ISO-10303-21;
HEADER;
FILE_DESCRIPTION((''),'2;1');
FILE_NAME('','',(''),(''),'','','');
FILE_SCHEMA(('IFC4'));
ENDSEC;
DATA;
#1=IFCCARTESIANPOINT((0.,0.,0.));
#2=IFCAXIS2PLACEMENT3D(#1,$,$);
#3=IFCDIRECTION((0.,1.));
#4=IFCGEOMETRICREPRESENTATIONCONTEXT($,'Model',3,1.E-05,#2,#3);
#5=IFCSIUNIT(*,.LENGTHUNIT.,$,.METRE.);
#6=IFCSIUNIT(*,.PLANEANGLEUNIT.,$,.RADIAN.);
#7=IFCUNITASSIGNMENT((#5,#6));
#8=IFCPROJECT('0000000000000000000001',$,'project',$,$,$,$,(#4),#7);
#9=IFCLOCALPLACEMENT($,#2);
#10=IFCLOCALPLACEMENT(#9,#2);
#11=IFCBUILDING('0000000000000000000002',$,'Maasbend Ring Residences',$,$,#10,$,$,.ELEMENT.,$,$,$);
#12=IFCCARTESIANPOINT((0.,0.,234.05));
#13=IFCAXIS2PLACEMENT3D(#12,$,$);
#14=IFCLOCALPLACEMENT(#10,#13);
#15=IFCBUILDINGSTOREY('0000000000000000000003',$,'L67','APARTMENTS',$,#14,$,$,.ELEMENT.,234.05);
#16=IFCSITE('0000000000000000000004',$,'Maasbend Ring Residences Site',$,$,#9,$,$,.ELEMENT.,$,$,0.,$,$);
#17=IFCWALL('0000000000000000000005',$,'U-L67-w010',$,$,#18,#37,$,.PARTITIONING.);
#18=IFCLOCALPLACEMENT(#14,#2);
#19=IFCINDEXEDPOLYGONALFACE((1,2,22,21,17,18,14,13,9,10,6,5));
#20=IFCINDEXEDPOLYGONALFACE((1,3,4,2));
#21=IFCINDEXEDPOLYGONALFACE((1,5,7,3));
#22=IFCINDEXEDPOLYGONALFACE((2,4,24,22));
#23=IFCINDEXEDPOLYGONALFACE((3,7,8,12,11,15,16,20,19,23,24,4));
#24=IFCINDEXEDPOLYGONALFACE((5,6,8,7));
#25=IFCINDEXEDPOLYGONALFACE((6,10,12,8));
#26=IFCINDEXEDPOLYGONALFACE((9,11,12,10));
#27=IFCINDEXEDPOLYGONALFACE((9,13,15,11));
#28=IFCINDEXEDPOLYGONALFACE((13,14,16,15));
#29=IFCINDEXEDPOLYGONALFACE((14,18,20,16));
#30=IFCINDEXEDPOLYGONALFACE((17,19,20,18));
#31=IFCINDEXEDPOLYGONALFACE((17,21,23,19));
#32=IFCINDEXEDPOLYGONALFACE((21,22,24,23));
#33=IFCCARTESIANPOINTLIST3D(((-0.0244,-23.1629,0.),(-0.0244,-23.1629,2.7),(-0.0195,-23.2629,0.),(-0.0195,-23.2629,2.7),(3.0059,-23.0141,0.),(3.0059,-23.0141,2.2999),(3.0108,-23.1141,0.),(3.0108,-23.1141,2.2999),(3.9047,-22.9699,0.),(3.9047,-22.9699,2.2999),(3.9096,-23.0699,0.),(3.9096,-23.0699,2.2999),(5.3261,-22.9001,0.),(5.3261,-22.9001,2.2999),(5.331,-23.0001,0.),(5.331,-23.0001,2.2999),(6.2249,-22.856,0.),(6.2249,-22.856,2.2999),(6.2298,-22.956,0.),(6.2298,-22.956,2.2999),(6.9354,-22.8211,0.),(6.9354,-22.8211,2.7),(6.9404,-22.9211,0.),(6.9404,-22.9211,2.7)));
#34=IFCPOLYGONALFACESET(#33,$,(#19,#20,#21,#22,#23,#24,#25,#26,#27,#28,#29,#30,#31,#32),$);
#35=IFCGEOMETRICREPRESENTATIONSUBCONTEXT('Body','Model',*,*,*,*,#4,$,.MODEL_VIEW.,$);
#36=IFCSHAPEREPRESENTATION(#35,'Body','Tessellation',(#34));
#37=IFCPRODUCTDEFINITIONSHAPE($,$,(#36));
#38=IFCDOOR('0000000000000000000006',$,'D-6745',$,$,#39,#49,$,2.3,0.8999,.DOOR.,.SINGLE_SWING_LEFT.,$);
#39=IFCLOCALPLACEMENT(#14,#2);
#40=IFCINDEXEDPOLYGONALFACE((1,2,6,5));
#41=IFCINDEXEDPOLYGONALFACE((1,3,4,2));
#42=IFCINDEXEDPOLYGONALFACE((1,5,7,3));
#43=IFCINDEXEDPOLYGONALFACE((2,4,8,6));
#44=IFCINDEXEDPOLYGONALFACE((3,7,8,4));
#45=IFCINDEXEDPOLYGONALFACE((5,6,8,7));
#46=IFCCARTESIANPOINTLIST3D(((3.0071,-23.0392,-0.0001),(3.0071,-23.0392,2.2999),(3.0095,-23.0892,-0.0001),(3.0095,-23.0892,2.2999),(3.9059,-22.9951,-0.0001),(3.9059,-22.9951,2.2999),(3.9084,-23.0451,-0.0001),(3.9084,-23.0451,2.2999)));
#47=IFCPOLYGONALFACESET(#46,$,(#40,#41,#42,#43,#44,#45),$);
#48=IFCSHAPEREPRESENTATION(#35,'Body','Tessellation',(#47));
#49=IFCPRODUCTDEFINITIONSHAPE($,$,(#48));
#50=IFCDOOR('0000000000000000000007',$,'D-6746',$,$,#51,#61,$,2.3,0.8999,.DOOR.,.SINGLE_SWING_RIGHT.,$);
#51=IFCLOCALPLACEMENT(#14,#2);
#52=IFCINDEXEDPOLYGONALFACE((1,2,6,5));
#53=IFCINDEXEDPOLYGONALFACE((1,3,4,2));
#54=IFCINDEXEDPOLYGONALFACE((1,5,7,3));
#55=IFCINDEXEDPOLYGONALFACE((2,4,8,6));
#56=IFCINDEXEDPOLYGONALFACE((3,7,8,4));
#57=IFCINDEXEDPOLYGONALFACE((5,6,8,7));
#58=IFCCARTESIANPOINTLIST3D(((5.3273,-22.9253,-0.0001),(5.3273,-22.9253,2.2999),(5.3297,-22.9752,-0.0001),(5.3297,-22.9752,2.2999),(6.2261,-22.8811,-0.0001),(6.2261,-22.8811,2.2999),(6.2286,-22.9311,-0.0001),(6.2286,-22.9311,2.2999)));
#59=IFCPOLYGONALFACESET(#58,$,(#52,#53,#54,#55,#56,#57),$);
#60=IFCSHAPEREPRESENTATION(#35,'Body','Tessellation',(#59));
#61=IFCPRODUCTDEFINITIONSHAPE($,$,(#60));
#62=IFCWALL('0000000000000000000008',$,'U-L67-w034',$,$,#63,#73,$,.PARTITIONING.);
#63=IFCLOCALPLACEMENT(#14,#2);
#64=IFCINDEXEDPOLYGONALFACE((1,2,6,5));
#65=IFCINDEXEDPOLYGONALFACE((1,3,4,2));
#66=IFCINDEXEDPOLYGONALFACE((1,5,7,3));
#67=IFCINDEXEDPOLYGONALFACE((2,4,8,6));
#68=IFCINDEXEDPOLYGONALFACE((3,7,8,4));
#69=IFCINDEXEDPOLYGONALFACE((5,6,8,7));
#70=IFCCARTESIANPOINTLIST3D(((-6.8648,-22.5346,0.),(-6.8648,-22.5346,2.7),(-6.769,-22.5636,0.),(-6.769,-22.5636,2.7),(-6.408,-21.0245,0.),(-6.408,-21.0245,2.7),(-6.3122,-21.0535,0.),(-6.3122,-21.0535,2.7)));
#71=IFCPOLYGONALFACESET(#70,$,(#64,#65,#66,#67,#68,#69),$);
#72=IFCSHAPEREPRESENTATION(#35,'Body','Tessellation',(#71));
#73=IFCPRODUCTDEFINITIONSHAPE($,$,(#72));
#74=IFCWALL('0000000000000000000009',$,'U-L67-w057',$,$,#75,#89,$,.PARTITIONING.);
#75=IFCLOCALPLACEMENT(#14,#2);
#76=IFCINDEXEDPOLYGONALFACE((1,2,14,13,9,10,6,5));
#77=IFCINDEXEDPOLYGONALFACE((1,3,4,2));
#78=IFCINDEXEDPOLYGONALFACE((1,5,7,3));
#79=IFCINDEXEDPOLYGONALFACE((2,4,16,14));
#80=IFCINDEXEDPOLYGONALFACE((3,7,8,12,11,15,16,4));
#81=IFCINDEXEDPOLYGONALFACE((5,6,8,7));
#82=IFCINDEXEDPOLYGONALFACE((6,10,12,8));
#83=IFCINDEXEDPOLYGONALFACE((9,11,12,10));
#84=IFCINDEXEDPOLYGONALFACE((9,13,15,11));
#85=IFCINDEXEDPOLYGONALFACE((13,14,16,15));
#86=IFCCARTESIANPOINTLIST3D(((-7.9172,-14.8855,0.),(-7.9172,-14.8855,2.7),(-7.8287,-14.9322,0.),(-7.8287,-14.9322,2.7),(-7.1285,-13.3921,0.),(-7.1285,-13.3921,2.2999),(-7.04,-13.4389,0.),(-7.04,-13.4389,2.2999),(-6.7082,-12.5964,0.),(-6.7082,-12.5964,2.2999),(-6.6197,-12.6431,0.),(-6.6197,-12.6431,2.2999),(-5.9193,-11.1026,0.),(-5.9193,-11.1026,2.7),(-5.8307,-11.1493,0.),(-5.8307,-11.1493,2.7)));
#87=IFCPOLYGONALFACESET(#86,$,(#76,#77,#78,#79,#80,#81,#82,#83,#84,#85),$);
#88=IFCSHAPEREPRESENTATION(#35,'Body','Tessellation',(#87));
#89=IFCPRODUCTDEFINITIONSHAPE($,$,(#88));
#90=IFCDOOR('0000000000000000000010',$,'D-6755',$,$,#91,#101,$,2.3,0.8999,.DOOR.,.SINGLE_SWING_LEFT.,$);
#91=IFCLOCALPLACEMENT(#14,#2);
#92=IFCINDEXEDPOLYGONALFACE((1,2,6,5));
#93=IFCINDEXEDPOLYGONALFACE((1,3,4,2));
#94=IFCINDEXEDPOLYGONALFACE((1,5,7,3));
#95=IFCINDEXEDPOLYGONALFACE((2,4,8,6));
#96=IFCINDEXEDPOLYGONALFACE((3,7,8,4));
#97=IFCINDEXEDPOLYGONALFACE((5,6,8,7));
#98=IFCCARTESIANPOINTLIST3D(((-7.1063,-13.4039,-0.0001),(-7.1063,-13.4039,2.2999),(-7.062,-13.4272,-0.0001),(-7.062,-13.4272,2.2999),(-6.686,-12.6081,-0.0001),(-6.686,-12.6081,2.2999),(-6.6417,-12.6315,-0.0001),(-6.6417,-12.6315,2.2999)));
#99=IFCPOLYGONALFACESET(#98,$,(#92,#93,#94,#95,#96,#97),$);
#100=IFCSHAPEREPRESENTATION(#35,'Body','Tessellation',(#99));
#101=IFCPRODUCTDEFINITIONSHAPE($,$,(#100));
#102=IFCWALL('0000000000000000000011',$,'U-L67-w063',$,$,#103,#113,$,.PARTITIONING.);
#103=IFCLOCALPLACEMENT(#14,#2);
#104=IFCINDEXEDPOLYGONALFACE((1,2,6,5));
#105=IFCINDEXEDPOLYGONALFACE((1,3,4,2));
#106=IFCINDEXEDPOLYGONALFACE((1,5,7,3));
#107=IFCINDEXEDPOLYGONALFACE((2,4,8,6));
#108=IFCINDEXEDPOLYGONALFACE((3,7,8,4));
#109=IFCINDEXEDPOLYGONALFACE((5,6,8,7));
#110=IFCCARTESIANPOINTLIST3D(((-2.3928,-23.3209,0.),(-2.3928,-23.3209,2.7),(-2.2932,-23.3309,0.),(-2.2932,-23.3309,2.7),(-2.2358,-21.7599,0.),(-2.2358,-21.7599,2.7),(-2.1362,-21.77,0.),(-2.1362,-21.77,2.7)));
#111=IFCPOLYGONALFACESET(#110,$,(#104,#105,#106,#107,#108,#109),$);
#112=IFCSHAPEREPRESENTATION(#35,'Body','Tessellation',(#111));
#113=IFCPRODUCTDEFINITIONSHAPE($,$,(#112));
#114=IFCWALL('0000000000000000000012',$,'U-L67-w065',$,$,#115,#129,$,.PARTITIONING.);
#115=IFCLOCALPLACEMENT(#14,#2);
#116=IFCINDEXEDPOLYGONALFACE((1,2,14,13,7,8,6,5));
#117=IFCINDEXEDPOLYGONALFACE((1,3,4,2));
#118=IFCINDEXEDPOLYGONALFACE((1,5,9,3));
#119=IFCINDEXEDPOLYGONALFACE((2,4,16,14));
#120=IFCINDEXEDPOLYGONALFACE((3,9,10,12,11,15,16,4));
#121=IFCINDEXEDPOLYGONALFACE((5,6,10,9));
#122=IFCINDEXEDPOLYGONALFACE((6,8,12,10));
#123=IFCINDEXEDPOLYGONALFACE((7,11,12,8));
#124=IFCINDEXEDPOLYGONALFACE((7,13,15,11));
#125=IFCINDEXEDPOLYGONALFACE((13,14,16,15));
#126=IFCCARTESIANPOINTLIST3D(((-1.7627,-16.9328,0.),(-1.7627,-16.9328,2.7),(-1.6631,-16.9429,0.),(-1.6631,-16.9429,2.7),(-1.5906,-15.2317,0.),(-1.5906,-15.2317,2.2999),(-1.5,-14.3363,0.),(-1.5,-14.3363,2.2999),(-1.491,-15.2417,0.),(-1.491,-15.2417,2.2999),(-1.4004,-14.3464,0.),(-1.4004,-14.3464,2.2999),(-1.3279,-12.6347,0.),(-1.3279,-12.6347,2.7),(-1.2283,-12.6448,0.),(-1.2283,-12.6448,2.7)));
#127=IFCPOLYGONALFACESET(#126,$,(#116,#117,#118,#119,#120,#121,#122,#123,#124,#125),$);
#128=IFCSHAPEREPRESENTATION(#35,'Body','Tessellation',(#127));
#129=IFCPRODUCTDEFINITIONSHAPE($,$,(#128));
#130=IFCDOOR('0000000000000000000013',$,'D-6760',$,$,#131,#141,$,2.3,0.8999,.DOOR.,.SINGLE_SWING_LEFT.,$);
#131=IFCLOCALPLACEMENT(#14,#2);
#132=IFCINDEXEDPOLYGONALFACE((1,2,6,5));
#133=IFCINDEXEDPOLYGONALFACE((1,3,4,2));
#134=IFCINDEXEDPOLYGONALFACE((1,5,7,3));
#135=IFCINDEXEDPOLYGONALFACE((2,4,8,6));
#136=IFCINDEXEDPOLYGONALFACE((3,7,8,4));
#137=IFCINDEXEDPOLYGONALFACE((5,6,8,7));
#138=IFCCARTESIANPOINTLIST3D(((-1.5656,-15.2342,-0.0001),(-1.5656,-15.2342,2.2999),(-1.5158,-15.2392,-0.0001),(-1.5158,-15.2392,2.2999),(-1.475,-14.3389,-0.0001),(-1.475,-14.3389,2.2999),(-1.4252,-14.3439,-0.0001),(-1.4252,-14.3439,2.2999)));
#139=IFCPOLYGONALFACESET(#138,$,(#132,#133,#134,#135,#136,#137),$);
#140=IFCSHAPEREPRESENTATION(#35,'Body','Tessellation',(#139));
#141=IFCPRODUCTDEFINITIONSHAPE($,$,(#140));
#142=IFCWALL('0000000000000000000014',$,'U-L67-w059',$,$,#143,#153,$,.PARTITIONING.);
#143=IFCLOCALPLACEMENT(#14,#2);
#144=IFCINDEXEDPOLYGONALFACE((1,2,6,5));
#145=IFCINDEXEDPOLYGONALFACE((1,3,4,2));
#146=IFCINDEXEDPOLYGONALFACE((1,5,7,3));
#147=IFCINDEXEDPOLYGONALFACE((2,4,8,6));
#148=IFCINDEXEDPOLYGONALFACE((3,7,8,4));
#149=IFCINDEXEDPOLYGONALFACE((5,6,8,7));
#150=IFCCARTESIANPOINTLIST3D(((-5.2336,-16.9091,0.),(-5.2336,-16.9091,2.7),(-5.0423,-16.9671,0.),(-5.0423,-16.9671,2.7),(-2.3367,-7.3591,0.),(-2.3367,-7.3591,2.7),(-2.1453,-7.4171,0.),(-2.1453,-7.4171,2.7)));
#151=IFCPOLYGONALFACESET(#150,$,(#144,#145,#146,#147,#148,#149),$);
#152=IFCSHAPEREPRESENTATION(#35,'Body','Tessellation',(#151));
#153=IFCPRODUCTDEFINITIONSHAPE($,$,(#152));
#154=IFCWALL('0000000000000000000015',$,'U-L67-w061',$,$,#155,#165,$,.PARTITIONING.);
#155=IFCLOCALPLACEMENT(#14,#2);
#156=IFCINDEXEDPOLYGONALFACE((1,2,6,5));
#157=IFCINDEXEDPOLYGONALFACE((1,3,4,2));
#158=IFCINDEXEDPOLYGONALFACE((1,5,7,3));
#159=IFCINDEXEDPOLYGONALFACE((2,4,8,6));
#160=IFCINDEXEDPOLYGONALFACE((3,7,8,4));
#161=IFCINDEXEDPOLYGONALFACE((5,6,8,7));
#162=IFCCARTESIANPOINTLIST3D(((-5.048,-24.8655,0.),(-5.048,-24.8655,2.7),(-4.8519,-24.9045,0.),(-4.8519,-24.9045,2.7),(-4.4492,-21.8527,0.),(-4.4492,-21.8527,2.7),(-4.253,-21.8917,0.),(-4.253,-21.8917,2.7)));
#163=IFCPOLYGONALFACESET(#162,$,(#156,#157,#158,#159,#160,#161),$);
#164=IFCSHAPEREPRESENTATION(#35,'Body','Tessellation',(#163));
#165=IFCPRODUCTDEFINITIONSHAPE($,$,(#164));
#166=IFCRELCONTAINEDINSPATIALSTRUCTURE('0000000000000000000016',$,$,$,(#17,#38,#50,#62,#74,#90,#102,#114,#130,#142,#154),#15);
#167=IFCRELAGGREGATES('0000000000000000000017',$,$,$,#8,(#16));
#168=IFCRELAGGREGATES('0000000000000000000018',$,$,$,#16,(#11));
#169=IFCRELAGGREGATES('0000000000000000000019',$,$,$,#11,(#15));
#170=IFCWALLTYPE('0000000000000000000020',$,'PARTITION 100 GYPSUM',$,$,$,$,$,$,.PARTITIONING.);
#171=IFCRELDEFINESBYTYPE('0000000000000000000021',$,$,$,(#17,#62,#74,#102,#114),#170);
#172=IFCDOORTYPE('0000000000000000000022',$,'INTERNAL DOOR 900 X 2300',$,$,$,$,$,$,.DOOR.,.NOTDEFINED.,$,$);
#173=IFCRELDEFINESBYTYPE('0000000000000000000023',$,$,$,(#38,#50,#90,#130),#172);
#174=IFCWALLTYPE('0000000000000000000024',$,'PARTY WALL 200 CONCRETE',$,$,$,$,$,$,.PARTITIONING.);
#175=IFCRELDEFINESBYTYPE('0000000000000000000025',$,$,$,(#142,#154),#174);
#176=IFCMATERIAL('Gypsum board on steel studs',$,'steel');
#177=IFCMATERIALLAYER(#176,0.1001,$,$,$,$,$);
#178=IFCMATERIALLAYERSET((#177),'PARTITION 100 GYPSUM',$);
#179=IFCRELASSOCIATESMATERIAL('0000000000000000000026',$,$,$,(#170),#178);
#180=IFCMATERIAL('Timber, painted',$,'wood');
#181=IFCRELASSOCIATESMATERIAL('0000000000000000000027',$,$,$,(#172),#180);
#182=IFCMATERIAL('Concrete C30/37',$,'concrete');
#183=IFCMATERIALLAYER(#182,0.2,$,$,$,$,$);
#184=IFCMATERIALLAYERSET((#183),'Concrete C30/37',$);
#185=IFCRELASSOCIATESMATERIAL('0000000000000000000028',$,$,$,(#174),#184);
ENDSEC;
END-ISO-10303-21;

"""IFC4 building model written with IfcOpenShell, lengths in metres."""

from ifc_helpers import new_model, si_unit, direction, frame, frame_2d, origin, place, context, subcontext, project, spatial, rectangle, extrude, material, layer, layer_set, type_object, element, fill, save


model = new_model("IFC4")

# Units and contexts
model_context = context("Model", 3, precision=1e-05, world=origin(), true_north=direction((0.0, 1.0)))
body_context = subcontext(model_context, "Body", "Model", "MODEL_VIEW")
ifc_project = project(units=[si_unit("LENGTHUNIT", "METRE"), si_unit("PLANEANGLEUNIT", "RADIAN")], contexts=[model_context])

# Site, building, storey
site_placement = place(None, origin())
site = spatial("IfcSite", under=ifc_project, at=site_placement, Name="Maasbend Ring Residences Site", CompositionType="ELEMENT", RefElevation=0.0)
building_placement = place(site_placement, origin())
building = spatial("IfcBuilding", under=site, at=building_placement, Name="Maasbend Ring Residences", CompositionType="ELEMENT")
storey_placement = place(building_placement, frame((0.0, 0.0, 234.05)))
storey = spatial("IfcBuildingStorey", under=building, at=storey_placement, Name="L67", Description="APARTMENTS", CompositionType="ELEMENT", Elevation=234.05)

# Shared definitions
ifc_material_1 = material(Name="Gypsum board on steel studs", Category="steel")
ifc_layer_1 = layer(ifc_material_1, 0.1001)
ifc_layer_set_1 = layer_set([ifc_layer_1], Name="PARTITION 100 GYPSUM")
wall_type_1 = type_object("IfcWallType", Name="PARTITION 100 GYPSUM", PredefinedType="PARTITIONING", material=ifc_layer_set_1)
ifc_material_2 = material(Name="Timber, painted", Category="wood")
door_type_1 = type_object("IfcDoorType", Name="INTERNAL DOOR 900 X 2300", OperationType="NOTDEFINED", PredefinedType="DOOR", material=ifc_material_2)

# Wall, openings, doors
wall_1_placement = place(storey_placement, frame((-0.022, -23.2129, 0.0), z_axis=(0.0, 0.0, 1.0), x_axis=(0.998796, 0.04905, 0.0)))
wall_1 = element("IfcWall", 1, at=wall_1_placement, inside=storey, type_object=wall_type_1, Name="U-L67-w010", PredefinedType="PARTITIONING", context=body_context, shape_type="SweptSolid", body=[
    extrude(rectangle(XDim=6.9683, YDim=0.1001, at=frame_2d((3.4841, 0.0))), origin(), (0.0, 0.0, 1.0), 2.7),
])
opening_1_placement = place(wall_1_placement, frame((3.0339, 0.0, 0.0)))
opening_1 = element("IfcOpeningElement", 2, at=opening_1_placement, cuts=wall_1, PredefinedType="OPENING", context=body_context, shape_type="SweptSolid", body=[
    extrude(rectangle(XDim=0.8999, YDim=2.3, at=frame_2d((0.45, 1.1499))), frame((0.0, 0.0601, 0.0), z_axis=(0.0, -1.0, 0.0), x_axis=(1.0, 0.0, 0.0)), (0.0, 0.0, 1.0), 0.1201),
])
opening_2_placement = place(wall_1_placement, frame((5.3569, 0.0, 0.0)))
opening_2 = element("IfcOpeningElement", 3, at=opening_2_placement, cuts=wall_1, PredefinedType="OPENING", context=body_context, shape_type="SweptSolid", body=[
    extrude(rectangle(XDim=0.8999, YDim=2.3, at=frame_2d((0.45, 1.1499))), frame((0.0, 0.0601, 0.0), z_axis=(0.0, -1.0, 0.0), x_axis=(1.0, 0.0, 0.0)), (0.0, 0.0, 1.0), 0.1201),
])
door_1_placement = place(opening_1_placement, origin())
door_1 = element("IfcDoor", 4, at=door_1_placement, inside=storey, type_object=door_type_1, Name="D-6745", OperationType="SINGLE_SWING_LEFT", OverallHeight=2.3, OverallWidth=0.8999, PredefinedType="DOOR", context=body_context, shape_type="SweptSolid", body=[
    extrude(rectangle(XDim=0.8999, YDim=2.3, at=frame_2d((0.45, 1.1499))), frame((0.0, 0.0249, 0.0), z_axis=(0.0, -1.0, 0.0), x_axis=(1.0, 0.0, 0.0)), (0.0, 0.0, 1.0), 0.05),
])
fill(opening_1, door_1)
door_2_placement = place(opening_2_placement, origin())
door_2 = element("IfcDoor", 5, at=door_2_placement, inside=storey, type_object=door_type_1, Name="D-6746", OperationType="SINGLE_SWING_RIGHT", OverallHeight=2.3, OverallWidth=0.8999, PredefinedType="DOOR", context=body_context, shape_type="SweptSolid", body=[
    extrude(rectangle(XDim=0.8999, YDim=2.3, at=frame_2d((0.45, 1.1499))), frame((0.0, 0.0249, 0.0), z_axis=(0.0, -1.0, 0.0), x_axis=(1.0, 0.0, 0.0)), (0.0, 0.0, 1.0), 0.05),
])
fill(opening_2, door_2)

# Wall
wall_2_placement = place(storey_placement, frame((-6.8169, -22.5491, 0.0), z_axis=(0.0, 0.0, 1.0), x_axis=(0.289548, 0.957164, 0.0)))
element("IfcWall", 6, at=wall_2_placement, inside=storey, type_object=wall_type_1, Name="U-L67-w034", PredefinedType="PARTITIONING", context=body_context, shape_type="SweptSolid", body=[
    extrude(rectangle(XDim=1.5776, YDim=0.1001, at=frame_2d((0.7888, 0.0))), origin(), (0.0, 0.0, 1.0), 2.7),
])

# Wall, opening, door
wall_3_placement = place(storey_placement, frame((-7.873, -14.9089, 0.0), z_axis=(0.0, 0.0, 1.0), x_axis=(0.46703, 0.884241, 0.0)))
wall_3 = element("IfcWall", 7, at=wall_3_placement, inside=storey, type_object=wall_type_1, Name="U-L67-w057", PredefinedType="PARTITIONING", context=body_context, shape_type="SweptSolid", body=[
    extrude(rectangle(XDim=4.2781, YDim=0.1001, at=frame_2d((2.1392, 0.0))), origin(), (0.0, 0.0, 1.0), 2.7),
])
opening_3_placement = place(wall_3_placement, frame((1.689, 0.0, 0.0)))
opening_3 = element("IfcOpeningElement", 8, at=opening_3_placement, cuts=wall_3, PredefinedType="OPENING", context=body_context, shape_type="SweptSolid", body=[
    extrude(rectangle(XDim=0.8999, YDim=2.3, at=frame_2d((0.45, 1.1499))), frame((0.0, 0.0601, 0.0), z_axis=(0.0, -1.0, 0.0), x_axis=(1.0, 0.0, 0.0)), (0.0, 0.0, 1.0), 0.1201),
])
door_3_placement = place(opening_3_placement, origin())
door_3 = element("IfcDoor", 9, at=door_3_placement, inside=storey, type_object=door_type_1, Name="D-6755", OperationType="SINGLE_SWING_LEFT", OverallHeight=2.3, OverallWidth=0.8999, PredefinedType="DOOR", context=body_context, shape_type="SweptSolid", body=[
    extrude(rectangle(XDim=0.8999, YDim=2.3, at=frame_2d((0.45, 1.1499))), frame((0.0, 0.0249, 0.0), z_axis=(0.0, -1.0, 0.0), x_axis=(1.0, 0.0, 0.0)), (0.0, 0.0, 1.0), 0.05),
])
fill(opening_3, door_3)

# Wall
wall_4_placement = place(storey_placement, frame((-2.343, -23.3259, 0.0), z_axis=(0.0, 0.0, 1.0), x_axis=(0.100058, 0.994982, 0.0)))
element("IfcWall", 10, at=wall_4_placement, inside=storey, type_object=wall_type_1, Name="U-L67-w063", PredefinedType="PARTITIONING", context=body_context, shape_type="SweptSolid", body=[
    extrude(rectangle(XDim=1.5688, YDim=0.1001, at=frame_2d((0.7844, 0.0))), origin(), (0.0, 0.0, 1.0), 2.7),
])

# Wall, opening, door
wall_5_placement = place(storey_placement, frame((-1.7129, -16.938, 0.0), z_axis=(0.0, 0.0, 1.0), x_axis=(0.100651, 0.994922, 0.0)))
wall_5 = element("IfcWall", 11, at=wall_5_placement, inside=storey, type_object=wall_type_1, Name="U-L67-w065", PredefinedType="PARTITIONING", context=body_context, shape_type="SweptSolid", body=[
    extrude(rectangle(XDim=4.3201, YDim=0.1001, at=frame_2d((2.1602, 0.0))), origin(), (0.0, 0.0, 1.0), 2.7),
])
opening_4_placement = place(wall_5_placement, frame((1.71, 0.0, 0.0)))
opening_4 = element("IfcOpeningElement", 12, at=opening_4_placement, cuts=wall_5, PredefinedType="OPENING", context=body_context, shape_type="SweptSolid", body=[
    extrude(rectangle(XDim=0.8999, YDim=2.3, at=frame_2d((0.45, 1.1499))), frame((0.0, 0.0601, 0.0), z_axis=(0.0, -1.0, 0.0), x_axis=(1.0, 0.0, 0.0)), (0.0, 0.0, 1.0), 0.1201),
])
door_4_placement = place(opening_4_placement, origin())
door_4 = element("IfcDoor", 13, at=door_4_placement, inside=storey, type_object=door_type_1, Name="D-6760", OperationType="SINGLE_SWING_LEFT", OverallHeight=2.3, OverallWidth=0.8999, PredefinedType="DOOR", context=body_context, shape_type="SweptSolid", body=[
    extrude(rectangle(XDim=0.8999, YDim=2.3, at=frame_2d((0.45, 1.1499))), frame((0.0, 0.0249, 0.0), z_axis=(0.0, -1.0, 0.0), x_axis=(1.0, 0.0, 0.0)), (0.0, 0.0, 1.0), 0.05),
])
fill(opening_4, door_4)

# Walls
ifc_material_3 = material(Name="Concrete C30/37", Category="concrete")
ifc_layer_2 = layer(ifc_material_3, 0.2)
ifc_layer_set_2 = layer_set([ifc_layer_2], Name="Concrete C30/37")
wall_type_2 = type_object("IfcWallType", Name="PARTY WALL 200 CONCRETE", PredefinedType="PARTITIONING", material=ifc_layer_set_2)
wall_6_placement = place(storey_placement, frame((-5.1379, -16.938, 0.0), z_axis=(0.0, 0.0, 1.0), x_axis=(0.290284, 0.95694, 0.0)))
element("IfcWall", 14, at=wall_6_placement, inside=storey, type_object=wall_type_2, Name="U-L67-w059", PredefinedType="PARTITIONING", context=body_context, shape_type="SweptSolid", body=[
    extrude(rectangle(XDim=9.9797, YDim=0.2, at=frame_2d((4.9897, 0.0))), origin(), (0.0, 0.0, 1.0), 2.7),
])
wall_7_placement = place(storey_placement, frame((-4.95, -24.885, 0.0), z_axis=(0.0, 0.0, 1.0), x_axis=(0.194954, 0.980812, 0.0)))
element("IfcWall", 15, at=wall_7_placement, inside=storey, type_object=wall_type_2, Name="U-L67-w061", PredefinedType="PARTITIONING", context=body_context, shape_type="SweptSolid", body=[
    extrude(rectangle(XDim=3.0718, YDim=0.2, at=frame_2d((1.5359, 0.0))), origin(), (0.0, 0.0, 1.0), 2.7),
])

save(model, "model.ifc")
